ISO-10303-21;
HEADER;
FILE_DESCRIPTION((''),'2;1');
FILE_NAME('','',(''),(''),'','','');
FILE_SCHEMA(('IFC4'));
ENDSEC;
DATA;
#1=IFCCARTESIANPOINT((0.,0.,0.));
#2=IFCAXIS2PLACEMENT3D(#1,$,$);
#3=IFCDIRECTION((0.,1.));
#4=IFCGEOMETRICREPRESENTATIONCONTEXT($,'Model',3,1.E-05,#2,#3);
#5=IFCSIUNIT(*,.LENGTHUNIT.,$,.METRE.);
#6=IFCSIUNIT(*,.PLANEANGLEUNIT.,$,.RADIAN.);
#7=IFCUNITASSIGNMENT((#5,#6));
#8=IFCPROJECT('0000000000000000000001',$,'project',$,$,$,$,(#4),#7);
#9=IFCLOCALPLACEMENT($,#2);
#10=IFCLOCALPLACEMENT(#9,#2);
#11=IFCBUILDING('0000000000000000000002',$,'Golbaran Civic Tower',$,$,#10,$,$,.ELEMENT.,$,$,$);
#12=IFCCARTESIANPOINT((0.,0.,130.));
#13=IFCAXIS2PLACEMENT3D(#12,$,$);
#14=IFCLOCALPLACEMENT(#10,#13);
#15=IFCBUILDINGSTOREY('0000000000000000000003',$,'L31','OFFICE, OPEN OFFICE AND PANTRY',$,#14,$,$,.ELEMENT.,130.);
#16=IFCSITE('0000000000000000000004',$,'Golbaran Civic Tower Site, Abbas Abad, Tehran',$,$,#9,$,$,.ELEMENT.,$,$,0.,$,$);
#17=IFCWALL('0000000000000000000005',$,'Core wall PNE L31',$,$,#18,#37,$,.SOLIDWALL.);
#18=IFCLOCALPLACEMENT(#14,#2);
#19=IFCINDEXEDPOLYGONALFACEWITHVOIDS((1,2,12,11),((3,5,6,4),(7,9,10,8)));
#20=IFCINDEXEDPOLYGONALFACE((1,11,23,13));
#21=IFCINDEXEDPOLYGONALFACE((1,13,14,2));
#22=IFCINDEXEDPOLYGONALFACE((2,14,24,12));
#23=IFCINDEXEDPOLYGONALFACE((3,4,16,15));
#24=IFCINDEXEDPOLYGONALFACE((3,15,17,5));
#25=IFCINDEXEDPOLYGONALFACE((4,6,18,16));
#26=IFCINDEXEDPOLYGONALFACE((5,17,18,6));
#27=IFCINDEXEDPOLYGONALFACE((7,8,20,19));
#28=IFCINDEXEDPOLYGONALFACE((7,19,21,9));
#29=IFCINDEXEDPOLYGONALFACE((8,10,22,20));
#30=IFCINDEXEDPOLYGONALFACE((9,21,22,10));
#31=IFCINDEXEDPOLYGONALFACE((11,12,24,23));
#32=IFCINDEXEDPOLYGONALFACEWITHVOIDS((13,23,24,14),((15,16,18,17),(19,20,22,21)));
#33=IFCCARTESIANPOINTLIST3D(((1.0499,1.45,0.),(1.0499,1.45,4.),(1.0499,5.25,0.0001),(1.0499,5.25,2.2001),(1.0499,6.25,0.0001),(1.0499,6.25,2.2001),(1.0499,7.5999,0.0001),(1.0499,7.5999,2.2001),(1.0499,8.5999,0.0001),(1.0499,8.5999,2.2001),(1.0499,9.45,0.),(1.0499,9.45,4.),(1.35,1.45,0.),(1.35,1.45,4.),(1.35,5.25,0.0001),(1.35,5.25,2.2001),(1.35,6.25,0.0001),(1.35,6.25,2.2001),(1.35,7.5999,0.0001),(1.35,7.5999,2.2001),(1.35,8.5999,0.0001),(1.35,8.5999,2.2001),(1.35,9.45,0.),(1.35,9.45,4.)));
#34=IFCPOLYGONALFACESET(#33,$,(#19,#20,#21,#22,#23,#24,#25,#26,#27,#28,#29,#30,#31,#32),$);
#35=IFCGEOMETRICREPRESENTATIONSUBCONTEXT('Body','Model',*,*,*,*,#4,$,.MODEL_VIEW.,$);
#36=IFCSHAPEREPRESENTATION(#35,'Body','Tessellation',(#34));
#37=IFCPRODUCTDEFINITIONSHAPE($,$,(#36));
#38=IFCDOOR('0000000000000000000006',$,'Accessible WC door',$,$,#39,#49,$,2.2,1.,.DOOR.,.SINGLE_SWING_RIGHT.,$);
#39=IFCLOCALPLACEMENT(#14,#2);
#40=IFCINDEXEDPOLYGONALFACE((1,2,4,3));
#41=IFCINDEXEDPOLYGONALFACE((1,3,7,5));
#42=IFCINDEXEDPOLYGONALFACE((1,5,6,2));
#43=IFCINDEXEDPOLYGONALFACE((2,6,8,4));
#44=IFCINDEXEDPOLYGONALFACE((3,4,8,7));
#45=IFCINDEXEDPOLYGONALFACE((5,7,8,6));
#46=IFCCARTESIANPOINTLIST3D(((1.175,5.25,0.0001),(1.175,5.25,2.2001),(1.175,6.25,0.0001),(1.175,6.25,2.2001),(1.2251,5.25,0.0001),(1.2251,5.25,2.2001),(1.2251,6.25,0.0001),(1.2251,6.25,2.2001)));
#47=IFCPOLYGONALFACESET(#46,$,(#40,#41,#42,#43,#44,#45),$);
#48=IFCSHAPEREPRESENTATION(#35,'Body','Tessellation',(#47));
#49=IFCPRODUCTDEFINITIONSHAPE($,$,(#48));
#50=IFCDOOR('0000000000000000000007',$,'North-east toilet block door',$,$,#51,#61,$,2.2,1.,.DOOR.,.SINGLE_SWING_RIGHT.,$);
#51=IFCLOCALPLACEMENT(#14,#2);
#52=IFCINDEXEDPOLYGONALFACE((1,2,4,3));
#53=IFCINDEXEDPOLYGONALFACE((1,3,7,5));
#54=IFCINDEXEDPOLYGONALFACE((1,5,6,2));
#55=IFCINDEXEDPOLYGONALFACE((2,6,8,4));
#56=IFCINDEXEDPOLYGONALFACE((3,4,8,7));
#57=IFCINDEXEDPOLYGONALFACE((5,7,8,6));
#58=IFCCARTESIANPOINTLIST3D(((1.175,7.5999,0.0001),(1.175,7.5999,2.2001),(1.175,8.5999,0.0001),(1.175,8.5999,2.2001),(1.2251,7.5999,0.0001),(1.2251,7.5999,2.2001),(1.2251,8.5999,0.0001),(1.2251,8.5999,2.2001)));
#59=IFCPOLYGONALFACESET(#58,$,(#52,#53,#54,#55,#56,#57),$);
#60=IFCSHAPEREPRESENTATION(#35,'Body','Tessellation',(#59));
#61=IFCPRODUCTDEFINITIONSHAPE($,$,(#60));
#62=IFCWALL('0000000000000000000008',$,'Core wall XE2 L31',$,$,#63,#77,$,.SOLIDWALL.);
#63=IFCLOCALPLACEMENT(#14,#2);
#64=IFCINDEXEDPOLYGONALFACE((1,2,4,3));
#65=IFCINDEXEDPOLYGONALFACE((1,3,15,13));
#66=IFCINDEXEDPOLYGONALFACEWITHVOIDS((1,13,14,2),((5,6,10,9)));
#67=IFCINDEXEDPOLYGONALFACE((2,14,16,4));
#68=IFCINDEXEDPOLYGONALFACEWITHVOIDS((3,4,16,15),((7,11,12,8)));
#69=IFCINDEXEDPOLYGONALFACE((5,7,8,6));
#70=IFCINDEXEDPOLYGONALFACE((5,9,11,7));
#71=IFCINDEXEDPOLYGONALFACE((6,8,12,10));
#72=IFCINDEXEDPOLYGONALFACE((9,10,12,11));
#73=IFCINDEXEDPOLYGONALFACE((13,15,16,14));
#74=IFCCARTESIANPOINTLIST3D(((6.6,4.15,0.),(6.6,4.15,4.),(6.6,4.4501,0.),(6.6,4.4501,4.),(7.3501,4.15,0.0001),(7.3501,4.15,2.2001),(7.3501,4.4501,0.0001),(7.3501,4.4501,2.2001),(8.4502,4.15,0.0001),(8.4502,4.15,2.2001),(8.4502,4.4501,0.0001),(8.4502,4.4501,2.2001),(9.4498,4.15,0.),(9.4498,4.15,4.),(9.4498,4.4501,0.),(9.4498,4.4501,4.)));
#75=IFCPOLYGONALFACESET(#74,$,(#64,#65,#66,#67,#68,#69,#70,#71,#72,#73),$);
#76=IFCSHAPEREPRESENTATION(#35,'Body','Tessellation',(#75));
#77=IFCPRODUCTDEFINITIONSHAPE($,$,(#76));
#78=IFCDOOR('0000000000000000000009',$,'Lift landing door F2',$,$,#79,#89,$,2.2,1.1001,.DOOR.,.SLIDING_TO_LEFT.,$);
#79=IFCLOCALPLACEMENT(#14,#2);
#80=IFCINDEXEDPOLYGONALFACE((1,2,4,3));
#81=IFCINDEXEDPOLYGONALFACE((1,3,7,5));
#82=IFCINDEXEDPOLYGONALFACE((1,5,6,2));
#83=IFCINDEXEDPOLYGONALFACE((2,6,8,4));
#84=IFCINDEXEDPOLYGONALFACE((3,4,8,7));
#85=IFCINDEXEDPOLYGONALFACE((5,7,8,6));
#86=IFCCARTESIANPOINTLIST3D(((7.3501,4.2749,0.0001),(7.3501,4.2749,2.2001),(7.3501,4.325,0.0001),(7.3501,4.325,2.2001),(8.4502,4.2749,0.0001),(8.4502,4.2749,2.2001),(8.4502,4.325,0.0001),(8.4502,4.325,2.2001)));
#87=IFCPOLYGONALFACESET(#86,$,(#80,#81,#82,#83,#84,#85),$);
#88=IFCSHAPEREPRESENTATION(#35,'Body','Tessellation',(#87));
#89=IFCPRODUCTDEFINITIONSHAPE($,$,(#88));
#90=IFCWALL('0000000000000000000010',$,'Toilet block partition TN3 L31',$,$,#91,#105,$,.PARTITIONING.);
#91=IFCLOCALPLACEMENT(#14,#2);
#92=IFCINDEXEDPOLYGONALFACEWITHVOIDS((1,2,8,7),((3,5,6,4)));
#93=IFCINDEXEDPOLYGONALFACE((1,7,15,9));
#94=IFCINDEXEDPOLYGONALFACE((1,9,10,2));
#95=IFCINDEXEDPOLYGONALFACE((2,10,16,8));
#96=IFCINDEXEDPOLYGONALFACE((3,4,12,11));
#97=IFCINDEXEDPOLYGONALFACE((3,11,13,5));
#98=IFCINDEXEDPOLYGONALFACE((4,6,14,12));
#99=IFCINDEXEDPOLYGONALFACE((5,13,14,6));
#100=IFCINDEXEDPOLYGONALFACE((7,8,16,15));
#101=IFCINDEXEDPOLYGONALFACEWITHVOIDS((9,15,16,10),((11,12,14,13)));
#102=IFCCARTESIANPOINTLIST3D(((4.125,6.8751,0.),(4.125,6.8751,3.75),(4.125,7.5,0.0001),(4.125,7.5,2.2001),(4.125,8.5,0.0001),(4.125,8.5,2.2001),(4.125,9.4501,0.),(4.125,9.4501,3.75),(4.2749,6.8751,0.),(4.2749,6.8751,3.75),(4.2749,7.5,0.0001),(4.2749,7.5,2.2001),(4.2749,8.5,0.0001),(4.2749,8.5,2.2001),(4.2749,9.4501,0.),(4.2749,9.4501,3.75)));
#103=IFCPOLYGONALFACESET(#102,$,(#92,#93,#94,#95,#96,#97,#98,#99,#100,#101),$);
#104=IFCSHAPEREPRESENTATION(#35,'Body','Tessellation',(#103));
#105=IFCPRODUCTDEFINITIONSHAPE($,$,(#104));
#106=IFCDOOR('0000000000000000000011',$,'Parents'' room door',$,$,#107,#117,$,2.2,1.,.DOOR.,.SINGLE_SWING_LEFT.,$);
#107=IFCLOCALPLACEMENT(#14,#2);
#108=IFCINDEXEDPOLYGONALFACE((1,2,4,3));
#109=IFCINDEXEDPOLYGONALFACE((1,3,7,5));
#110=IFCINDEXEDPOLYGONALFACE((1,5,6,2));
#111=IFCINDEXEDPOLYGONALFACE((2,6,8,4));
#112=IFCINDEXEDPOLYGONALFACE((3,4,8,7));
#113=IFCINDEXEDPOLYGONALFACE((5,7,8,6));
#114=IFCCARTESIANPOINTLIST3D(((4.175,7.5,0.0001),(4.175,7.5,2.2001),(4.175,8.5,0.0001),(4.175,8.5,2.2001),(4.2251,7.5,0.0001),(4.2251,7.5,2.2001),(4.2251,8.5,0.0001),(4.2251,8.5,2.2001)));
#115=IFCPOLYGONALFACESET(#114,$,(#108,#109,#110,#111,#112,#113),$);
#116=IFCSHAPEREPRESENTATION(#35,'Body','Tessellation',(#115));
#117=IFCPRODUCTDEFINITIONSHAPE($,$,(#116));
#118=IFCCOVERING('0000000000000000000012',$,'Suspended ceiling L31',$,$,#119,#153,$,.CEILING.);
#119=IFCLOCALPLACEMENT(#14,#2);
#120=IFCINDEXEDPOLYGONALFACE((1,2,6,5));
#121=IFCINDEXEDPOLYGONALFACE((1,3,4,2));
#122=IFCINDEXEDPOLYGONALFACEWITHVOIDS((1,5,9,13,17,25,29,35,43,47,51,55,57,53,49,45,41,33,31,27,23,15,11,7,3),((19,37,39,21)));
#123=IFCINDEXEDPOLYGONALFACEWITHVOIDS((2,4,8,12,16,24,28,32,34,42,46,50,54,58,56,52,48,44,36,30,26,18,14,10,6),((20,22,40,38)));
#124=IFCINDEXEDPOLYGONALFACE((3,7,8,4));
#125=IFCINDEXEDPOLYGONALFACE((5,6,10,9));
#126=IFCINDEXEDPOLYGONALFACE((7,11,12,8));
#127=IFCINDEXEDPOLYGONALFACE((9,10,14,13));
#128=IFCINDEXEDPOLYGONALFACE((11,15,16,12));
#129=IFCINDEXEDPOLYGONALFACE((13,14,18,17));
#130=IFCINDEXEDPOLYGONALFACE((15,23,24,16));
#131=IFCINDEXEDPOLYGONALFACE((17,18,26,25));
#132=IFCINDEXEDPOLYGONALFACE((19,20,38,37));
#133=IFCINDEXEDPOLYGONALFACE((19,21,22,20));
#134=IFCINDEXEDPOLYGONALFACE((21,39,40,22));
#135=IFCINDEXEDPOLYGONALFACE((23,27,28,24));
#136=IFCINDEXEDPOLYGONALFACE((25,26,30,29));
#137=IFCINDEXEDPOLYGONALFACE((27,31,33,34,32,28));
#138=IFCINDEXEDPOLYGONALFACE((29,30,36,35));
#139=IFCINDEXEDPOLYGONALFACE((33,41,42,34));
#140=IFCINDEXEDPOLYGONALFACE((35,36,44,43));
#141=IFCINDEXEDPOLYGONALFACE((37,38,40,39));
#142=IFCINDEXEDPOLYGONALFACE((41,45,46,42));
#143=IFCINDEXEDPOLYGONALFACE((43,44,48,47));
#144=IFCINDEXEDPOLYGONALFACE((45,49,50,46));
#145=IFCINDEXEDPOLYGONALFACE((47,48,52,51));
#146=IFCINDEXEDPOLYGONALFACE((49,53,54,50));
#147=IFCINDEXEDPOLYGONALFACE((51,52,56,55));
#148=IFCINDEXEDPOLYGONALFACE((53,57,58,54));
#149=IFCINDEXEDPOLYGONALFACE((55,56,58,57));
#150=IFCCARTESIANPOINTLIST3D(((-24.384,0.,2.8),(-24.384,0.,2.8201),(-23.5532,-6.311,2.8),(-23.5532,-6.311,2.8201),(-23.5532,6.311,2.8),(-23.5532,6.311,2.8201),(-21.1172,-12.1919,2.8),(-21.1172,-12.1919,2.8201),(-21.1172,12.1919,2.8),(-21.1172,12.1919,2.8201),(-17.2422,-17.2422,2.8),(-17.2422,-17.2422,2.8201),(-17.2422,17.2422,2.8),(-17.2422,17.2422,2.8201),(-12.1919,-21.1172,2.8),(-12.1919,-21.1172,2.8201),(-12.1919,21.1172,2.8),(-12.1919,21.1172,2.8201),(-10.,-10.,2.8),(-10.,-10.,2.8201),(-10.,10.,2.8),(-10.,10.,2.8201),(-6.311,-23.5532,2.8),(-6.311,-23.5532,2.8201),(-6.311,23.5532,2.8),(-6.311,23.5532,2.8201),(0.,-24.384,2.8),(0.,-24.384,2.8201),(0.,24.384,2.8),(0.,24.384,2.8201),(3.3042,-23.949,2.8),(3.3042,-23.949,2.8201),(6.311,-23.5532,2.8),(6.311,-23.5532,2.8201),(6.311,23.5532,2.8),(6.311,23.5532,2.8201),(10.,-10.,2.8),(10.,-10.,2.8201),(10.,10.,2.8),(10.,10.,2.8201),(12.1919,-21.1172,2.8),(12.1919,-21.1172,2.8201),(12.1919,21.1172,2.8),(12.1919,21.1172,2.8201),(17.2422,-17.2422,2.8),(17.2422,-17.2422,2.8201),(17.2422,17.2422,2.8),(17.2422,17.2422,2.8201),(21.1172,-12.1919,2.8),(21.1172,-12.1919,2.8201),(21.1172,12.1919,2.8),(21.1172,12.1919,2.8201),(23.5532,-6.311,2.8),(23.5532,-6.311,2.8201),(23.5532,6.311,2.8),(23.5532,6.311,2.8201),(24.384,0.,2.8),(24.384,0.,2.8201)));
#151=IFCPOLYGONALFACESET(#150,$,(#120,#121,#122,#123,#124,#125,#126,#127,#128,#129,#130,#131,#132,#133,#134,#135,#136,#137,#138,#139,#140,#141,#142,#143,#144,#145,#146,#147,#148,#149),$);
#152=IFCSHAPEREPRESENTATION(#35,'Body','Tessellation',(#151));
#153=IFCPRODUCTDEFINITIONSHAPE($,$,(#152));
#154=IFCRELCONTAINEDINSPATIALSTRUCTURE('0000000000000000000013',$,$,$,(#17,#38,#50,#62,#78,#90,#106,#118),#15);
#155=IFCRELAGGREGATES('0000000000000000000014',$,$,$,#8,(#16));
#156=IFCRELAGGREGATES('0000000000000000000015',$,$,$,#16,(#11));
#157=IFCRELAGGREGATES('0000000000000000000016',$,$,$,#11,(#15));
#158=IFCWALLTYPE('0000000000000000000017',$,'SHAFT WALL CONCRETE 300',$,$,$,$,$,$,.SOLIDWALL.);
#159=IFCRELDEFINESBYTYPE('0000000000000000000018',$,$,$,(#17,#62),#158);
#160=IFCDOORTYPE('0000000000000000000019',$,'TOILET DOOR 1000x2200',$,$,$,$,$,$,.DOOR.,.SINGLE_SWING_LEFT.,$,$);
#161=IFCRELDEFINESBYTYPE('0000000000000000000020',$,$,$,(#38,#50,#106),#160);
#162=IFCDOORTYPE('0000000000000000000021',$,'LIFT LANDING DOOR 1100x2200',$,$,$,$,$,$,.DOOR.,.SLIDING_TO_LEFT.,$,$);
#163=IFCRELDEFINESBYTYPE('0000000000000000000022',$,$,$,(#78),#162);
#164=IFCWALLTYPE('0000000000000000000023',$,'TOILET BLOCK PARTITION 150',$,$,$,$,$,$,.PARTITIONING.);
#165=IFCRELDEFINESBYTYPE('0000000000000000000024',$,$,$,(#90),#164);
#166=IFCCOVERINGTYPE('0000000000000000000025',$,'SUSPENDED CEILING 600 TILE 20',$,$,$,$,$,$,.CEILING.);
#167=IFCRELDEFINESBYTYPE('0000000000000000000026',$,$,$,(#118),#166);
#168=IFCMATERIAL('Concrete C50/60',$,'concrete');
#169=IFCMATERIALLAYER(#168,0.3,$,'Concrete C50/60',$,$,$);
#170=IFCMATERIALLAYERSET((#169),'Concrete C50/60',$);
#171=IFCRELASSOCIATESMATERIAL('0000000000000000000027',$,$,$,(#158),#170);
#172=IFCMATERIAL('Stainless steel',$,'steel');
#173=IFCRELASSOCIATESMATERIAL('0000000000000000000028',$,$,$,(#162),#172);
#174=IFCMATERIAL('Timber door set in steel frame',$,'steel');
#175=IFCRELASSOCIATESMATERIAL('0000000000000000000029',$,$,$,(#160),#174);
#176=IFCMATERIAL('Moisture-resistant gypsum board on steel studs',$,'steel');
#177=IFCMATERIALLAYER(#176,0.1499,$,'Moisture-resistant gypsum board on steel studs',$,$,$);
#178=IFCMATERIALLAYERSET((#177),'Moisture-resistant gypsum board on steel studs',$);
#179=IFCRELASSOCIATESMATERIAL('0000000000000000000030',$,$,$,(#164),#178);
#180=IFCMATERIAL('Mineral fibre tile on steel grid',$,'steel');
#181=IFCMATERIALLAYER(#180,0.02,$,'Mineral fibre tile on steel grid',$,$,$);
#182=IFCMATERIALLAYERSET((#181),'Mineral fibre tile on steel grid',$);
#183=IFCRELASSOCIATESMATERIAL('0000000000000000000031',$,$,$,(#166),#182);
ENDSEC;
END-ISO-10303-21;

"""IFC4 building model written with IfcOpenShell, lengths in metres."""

from ifc_helpers import new_model, si_unit, direction, frame, frame_2d, origin, place, context, subcontext, project, spatial, polyline, rectangle, outline, extrude, material, layer, layer_set, type_object, element, fill, save


model = new_model("IFC4")

# Units and contexts
model_context = context("Model", 3, precision=1e-05, world=origin(), true_north=direction((0.0, 1.0)))
body_context = subcontext(model_context, "Body", "Model", "MODEL_VIEW")
ifc_project = project(units=[si_unit("LENGTHUNIT", "METRE"), si_unit("PLANEANGLEUNIT", "RADIAN")], contexts=[model_context])

# Site, building, storey
site_placement = place(None, origin())
site = spatial("IfcSite", under=ifc_project, at=site_placement, Name="Golbaran Civic Tower Site, Abbas Abad, Tehran", CompositionType="ELEMENT", RefElevation=0.0)
building_placement = place(site_placement, origin())
building = spatial("IfcBuilding", under=site, at=building_placement, Name="Golbaran Civic Tower", CompositionType="ELEMENT")
storey_placement = place(building_placement, frame((0.0, 0.0, 130.0)))
storey = spatial("IfcBuildingStorey", under=building, at=storey_placement, Name="L31", Description="OFFICE, OPEN OFFICE AND PANTRY", CompositionType="ELEMENT", Elevation=130.0)

# Shared definitions
ifc_material_1 = material(Name="Timber door set in steel frame", Category="steel")

# Shared definitions
ifc_material_2 = material(Name="Concrete C50/60", Category="concrete")
ifc_layer_1 = layer(ifc_material_2, 0.3, Name="Concrete C50/60")
ifc_layer_set_1 = layer_set([ifc_layer_1], Name="Concrete C50/60")
wall_type_1 = type_object("IfcWallType", Name="SHAFT WALL CONCRETE 300", PredefinedType="SOLIDWALL", material=ifc_layer_set_1)
ifc_material_3 = material(Name="Stainless steel", Category="steel")
door_type_1 = type_object("IfcDoorType", Name="LIFT LANDING DOOR 1100x2200", OperationType="SLIDING_TO_LEFT", PredefinedType="DOOR", material=ifc_material_3)

# Wall, openings, doors
wall_1_placement = place(storey_placement, frame((1.2, 1.45, 0.0), z_axis=(0.0, 0.0, 1.0), x_axis=(0.0, 1.0, 0.0)))
wall_1 = element("IfcWall", 1, at=wall_1_placement, inside=storey, type_object=wall_type_1, Name="Core wall PNE L31", PredefinedType="SOLIDWALL", context=body_context, shape_type="SweptSolid", body=[
    extrude(rectangle(XDim=8.0, YDim=0.3, at=frame_2d((4.0, 0.0))), origin(), (0.0, 0.0, 1.0), 4.0),
])
opening_1_placement = place(wall_1_placement, frame((3.8, 0.0, 0.0)))
opening_1 = element("IfcOpeningElement", 2, at=opening_1_placement, cuts=wall_1, PredefinedType="OPENING", context=body_context, shape_type="SweptSolid", body=[
    extrude(rectangle(XDim=1.0, YDim=2.2, at=frame_2d((0.5, 1.1001))), frame((0.0, 0.1599, 0.0), z_axis=(0.0, -1.0, 0.0), x_axis=(1.0, 0.0, 0.0)), (0.0, 0.0, 1.0), 0.3201),
])
opening_2_placement = place(wall_1_placement, frame((6.1499, 0.0, 0.0)))
opening_2 = element("IfcOpeningElement", 3, at=opening_2_placement, cuts=wall_1, PredefinedType="OPENING", context=body_context, shape_type="SweptSolid", body=[
    extrude(rectangle(XDim=1.0, YDim=2.2, at=frame_2d((0.5, 1.1001))), frame((0.0, 0.1599, 0.0), z_axis=(0.0, -1.0, 0.0), x_axis=(1.0, 0.0, 0.0)), (0.0, 0.0, 1.0), 0.3201),
])
door_type_2 = type_object("IfcDoorType", Name="TOILET DOOR 1000x2200", OperationType="SINGLE_SWING_LEFT", PredefinedType="DOOR", material=ifc_material_1)
door_1_placement = place(opening_1_placement, origin())
door_1 = element("IfcDoor", 4, at=door_1_placement, inside=storey, type_object=door_type_2, Name="Accessible WC door", OperationType="SINGLE_SWING_RIGHT", OverallHeight=2.2, OverallWidth=1.0, PredefinedType="DOOR", context=body_context, shape_type="SweptSolid", body=[
    extrude(rectangle(XDim=1.0, YDim=2.2, at=frame_2d((0.5, 1.1001))), frame((0.0, 0.0249, 0.0), z_axis=(0.0, -1.0, 0.0), x_axis=(1.0, 0.0, 0.0)), (0.0, 0.0, 1.0), 0.05),
])
fill(opening_1, door_1)
door_2_placement = place(opening_2_placement, origin())
door_2 = element("IfcDoor", 5, at=door_2_placement, inside=storey, type_object=door_type_2, Name="North-east toilet block door", OperationType="SINGLE_SWING_RIGHT", OverallHeight=2.2, OverallWidth=1.0, PredefinedType="DOOR", context=body_context, shape_type="SweptSolid", body=[
    extrude(rectangle(XDim=1.0, YDim=2.2, at=frame_2d((0.5, 1.1001))), frame((0.0, 0.0249, 0.0), z_axis=(0.0, -1.0, 0.0), x_axis=(1.0, 0.0, 0.0)), (0.0, 0.0, 1.0), 0.05),
])
fill(opening_2, door_2)

# Walls, openings, doors
wall_2_placement = place(storey_placement, frame((6.6001, 4.3, 0.0), z_axis=(0.0, 0.0, 1.0), x_axis=(1.0, 0.0, 0.0)))
wall_2 = element("IfcWall", 6, at=wall_2_placement, inside=storey, type_object=wall_type_1, Name="Core wall XE2 L31", PredefinedType="SOLIDWALL", context=body_context, shape_type="SweptSolid", body=[
    extrude(rectangle(XDim=2.8499, YDim=0.3, at=frame_2d((1.4248, 0.0))), origin(), (0.0, 0.0, 1.0), 4.0),
])
opening_3_placement = place(wall_2_placement, frame((0.75, 0.0, 0.0)))
opening_3 = element("IfcOpeningElement", 7, at=opening_3_placement, cuts=wall_2, PredefinedType="OPENING", context=body_context, shape_type="SweptSolid", body=[
    extrude(rectangle(XDim=1.1001, YDim=2.2, at=frame_2d((0.55, 1.1001))), frame((0.0, 0.1599, 0.0), z_axis=(0.0, -1.0, 0.0), x_axis=(1.0, 0.0, 0.0)), (0.0, 0.0, 1.0), 0.3201),
])
door_3_placement = place(opening_3_placement, origin())
door_3 = element("IfcDoor", 8, at=door_3_placement, inside=storey, type_object=door_type_1, Name="Lift landing door F2", OperationType="SLIDING_TO_LEFT", OverallHeight=2.2, OverallWidth=1.1001, PredefinedType="DOOR", context=body_context, shape_type="SweptSolid", body=[
    extrude(rectangle(XDim=1.1001, YDim=2.2, at=frame_2d((0.55, 1.1001))), frame((0.0, 0.0249, 0.0), z_axis=(0.0, -1.0, 0.0), x_axis=(1.0, 0.0, 0.0)), (0.0, 0.0, 1.0), 0.05),
])
fill(opening_3, door_3)
ifc_material_4 = material(Name="Moisture-resistant gypsum board on steel studs", Category="steel")
ifc_layer_2 = layer(ifc_material_4, 0.1499, Name="Moisture-resistant gypsum board on steel studs")
ifc_layer_set_2 = layer_set([ifc_layer_2], Name="Moisture-resistant gypsum board on steel studs")
wall_type_2 = type_object("IfcWallType", Name="TOILET BLOCK PARTITION 150", PredefinedType="PARTITIONING", material=ifc_layer_set_2)
wall_3_placement = place(storey_placement, frame((4.2, 6.875, 0.0), z_axis=(0.0, 0.0, 1.0), x_axis=(0.0, 1.0, 0.0)))
wall_3 = element("IfcWall", 9, at=wall_3_placement, inside=storey, type_object=wall_type_2, Name="Toilet block partition TN3 L31", PredefinedType="PARTITIONING", context=body_context, shape_type="SweptSolid", body=[
    extrude(rectangle(XDim=2.575, YDim=0.1499, at=frame_2d((1.2876, 0.0))), origin(), (0.0, 0.0, 1.0), 3.75),
])
opening_4_placement = place(wall_3_placement, frame((0.625, 0.0, 0.0)))
opening_4 = element("IfcOpeningElement", 10, at=opening_4_placement, cuts=wall_3, PredefinedType="OPENING", context=body_context, shape_type="SweptSolid", body=[
    extrude(rectangle(XDim=1.0, YDim=2.2, at=frame_2d((0.5, 1.1001))), frame((0.0, 0.085, 0.0), z_axis=(0.0, -1.0, 0.0), x_axis=(1.0, 0.0, 0.0)), (0.0, 0.0, 1.0), 0.1699),
])
door_4_placement = place(opening_4_placement, origin())
door_4 = element("IfcDoor", 11, at=door_4_placement, inside=storey, type_object=door_type_2, Name="Parents' room door", OperationType="SINGLE_SWING_LEFT", OverallHeight=2.2, OverallWidth=1.0, PredefinedType="DOOR", context=body_context, shape_type="SweptSolid", body=[
    extrude(rectangle(XDim=1.0, YDim=2.2, at=frame_2d((0.5, 1.1001))), frame((0.0, 0.0249, 0.0), z_axis=(0.0, -1.0, 0.0), x_axis=(1.0, 0.0, 0.0)), (0.0, 0.0, 1.0), 0.05),
])
fill(opening_4, door_4)

# Covering
ifc_material_5 = material(Name="Mineral fibre tile on steel grid", Category="steel")
ifc_layer_3 = layer(ifc_material_5, 0.02, Name="Mineral fibre tile on steel grid")
ifc_layer_set_3 = layer_set([ifc_layer_3], Name="Mineral fibre tile on steel grid")
covering_type = type_object("IfcCoveringType", Name="SUSPENDED CEILING 600 TILE 20", PredefinedType="CEILING", material=ifc_layer_set_3)
covering_placement = place(storey_placement, frame((0.0, 0.0, 2.8)))
element("IfcCovering", 12, at=covering_placement, inside=storey, type_object=covering_type, Name="Suspended ceiling L31", PredefinedType="CEILING", context=body_context, shape_type="SweptSolid", body=[
    extrude(outline(polyline([(-21.1172, 12.1919), (-17.2422, 17.2422), (-12.1919, 21.1172), (-6.311, 23.5532), (0.0, 24.384), (6.311, 23.5532), (12.1919, 21.1172), (17.2422, 17.2422), (21.1172, 12.1919), (23.5532, 6.311), (24.384, 0.0), (23.5532, -6.311), (21.1172, -12.1919), (17.2422, -17.2422), (12.1919, -21.1172), (6.311, -23.5532), (3.3042, -23.949), (0.0, -24.384), (-6.311, -23.5532), (-12.1919, -21.1172), (-17.2422, -17.2422), (-21.1172, -12.1919), (-23.5532, -6.311), (-24.384, 0.0), (-23.5532, 6.311), (-21.1172, 12.1919)]), holes=[polyline([(-10.0, 10.0), (-10.0, -10.0), (10.0, -10.0), (10.0, 10.0), (-10.0, 10.0)])]), origin(), (0.0, 0.0, 1.0), 0.02),
])

save(model, "model.ifc")
